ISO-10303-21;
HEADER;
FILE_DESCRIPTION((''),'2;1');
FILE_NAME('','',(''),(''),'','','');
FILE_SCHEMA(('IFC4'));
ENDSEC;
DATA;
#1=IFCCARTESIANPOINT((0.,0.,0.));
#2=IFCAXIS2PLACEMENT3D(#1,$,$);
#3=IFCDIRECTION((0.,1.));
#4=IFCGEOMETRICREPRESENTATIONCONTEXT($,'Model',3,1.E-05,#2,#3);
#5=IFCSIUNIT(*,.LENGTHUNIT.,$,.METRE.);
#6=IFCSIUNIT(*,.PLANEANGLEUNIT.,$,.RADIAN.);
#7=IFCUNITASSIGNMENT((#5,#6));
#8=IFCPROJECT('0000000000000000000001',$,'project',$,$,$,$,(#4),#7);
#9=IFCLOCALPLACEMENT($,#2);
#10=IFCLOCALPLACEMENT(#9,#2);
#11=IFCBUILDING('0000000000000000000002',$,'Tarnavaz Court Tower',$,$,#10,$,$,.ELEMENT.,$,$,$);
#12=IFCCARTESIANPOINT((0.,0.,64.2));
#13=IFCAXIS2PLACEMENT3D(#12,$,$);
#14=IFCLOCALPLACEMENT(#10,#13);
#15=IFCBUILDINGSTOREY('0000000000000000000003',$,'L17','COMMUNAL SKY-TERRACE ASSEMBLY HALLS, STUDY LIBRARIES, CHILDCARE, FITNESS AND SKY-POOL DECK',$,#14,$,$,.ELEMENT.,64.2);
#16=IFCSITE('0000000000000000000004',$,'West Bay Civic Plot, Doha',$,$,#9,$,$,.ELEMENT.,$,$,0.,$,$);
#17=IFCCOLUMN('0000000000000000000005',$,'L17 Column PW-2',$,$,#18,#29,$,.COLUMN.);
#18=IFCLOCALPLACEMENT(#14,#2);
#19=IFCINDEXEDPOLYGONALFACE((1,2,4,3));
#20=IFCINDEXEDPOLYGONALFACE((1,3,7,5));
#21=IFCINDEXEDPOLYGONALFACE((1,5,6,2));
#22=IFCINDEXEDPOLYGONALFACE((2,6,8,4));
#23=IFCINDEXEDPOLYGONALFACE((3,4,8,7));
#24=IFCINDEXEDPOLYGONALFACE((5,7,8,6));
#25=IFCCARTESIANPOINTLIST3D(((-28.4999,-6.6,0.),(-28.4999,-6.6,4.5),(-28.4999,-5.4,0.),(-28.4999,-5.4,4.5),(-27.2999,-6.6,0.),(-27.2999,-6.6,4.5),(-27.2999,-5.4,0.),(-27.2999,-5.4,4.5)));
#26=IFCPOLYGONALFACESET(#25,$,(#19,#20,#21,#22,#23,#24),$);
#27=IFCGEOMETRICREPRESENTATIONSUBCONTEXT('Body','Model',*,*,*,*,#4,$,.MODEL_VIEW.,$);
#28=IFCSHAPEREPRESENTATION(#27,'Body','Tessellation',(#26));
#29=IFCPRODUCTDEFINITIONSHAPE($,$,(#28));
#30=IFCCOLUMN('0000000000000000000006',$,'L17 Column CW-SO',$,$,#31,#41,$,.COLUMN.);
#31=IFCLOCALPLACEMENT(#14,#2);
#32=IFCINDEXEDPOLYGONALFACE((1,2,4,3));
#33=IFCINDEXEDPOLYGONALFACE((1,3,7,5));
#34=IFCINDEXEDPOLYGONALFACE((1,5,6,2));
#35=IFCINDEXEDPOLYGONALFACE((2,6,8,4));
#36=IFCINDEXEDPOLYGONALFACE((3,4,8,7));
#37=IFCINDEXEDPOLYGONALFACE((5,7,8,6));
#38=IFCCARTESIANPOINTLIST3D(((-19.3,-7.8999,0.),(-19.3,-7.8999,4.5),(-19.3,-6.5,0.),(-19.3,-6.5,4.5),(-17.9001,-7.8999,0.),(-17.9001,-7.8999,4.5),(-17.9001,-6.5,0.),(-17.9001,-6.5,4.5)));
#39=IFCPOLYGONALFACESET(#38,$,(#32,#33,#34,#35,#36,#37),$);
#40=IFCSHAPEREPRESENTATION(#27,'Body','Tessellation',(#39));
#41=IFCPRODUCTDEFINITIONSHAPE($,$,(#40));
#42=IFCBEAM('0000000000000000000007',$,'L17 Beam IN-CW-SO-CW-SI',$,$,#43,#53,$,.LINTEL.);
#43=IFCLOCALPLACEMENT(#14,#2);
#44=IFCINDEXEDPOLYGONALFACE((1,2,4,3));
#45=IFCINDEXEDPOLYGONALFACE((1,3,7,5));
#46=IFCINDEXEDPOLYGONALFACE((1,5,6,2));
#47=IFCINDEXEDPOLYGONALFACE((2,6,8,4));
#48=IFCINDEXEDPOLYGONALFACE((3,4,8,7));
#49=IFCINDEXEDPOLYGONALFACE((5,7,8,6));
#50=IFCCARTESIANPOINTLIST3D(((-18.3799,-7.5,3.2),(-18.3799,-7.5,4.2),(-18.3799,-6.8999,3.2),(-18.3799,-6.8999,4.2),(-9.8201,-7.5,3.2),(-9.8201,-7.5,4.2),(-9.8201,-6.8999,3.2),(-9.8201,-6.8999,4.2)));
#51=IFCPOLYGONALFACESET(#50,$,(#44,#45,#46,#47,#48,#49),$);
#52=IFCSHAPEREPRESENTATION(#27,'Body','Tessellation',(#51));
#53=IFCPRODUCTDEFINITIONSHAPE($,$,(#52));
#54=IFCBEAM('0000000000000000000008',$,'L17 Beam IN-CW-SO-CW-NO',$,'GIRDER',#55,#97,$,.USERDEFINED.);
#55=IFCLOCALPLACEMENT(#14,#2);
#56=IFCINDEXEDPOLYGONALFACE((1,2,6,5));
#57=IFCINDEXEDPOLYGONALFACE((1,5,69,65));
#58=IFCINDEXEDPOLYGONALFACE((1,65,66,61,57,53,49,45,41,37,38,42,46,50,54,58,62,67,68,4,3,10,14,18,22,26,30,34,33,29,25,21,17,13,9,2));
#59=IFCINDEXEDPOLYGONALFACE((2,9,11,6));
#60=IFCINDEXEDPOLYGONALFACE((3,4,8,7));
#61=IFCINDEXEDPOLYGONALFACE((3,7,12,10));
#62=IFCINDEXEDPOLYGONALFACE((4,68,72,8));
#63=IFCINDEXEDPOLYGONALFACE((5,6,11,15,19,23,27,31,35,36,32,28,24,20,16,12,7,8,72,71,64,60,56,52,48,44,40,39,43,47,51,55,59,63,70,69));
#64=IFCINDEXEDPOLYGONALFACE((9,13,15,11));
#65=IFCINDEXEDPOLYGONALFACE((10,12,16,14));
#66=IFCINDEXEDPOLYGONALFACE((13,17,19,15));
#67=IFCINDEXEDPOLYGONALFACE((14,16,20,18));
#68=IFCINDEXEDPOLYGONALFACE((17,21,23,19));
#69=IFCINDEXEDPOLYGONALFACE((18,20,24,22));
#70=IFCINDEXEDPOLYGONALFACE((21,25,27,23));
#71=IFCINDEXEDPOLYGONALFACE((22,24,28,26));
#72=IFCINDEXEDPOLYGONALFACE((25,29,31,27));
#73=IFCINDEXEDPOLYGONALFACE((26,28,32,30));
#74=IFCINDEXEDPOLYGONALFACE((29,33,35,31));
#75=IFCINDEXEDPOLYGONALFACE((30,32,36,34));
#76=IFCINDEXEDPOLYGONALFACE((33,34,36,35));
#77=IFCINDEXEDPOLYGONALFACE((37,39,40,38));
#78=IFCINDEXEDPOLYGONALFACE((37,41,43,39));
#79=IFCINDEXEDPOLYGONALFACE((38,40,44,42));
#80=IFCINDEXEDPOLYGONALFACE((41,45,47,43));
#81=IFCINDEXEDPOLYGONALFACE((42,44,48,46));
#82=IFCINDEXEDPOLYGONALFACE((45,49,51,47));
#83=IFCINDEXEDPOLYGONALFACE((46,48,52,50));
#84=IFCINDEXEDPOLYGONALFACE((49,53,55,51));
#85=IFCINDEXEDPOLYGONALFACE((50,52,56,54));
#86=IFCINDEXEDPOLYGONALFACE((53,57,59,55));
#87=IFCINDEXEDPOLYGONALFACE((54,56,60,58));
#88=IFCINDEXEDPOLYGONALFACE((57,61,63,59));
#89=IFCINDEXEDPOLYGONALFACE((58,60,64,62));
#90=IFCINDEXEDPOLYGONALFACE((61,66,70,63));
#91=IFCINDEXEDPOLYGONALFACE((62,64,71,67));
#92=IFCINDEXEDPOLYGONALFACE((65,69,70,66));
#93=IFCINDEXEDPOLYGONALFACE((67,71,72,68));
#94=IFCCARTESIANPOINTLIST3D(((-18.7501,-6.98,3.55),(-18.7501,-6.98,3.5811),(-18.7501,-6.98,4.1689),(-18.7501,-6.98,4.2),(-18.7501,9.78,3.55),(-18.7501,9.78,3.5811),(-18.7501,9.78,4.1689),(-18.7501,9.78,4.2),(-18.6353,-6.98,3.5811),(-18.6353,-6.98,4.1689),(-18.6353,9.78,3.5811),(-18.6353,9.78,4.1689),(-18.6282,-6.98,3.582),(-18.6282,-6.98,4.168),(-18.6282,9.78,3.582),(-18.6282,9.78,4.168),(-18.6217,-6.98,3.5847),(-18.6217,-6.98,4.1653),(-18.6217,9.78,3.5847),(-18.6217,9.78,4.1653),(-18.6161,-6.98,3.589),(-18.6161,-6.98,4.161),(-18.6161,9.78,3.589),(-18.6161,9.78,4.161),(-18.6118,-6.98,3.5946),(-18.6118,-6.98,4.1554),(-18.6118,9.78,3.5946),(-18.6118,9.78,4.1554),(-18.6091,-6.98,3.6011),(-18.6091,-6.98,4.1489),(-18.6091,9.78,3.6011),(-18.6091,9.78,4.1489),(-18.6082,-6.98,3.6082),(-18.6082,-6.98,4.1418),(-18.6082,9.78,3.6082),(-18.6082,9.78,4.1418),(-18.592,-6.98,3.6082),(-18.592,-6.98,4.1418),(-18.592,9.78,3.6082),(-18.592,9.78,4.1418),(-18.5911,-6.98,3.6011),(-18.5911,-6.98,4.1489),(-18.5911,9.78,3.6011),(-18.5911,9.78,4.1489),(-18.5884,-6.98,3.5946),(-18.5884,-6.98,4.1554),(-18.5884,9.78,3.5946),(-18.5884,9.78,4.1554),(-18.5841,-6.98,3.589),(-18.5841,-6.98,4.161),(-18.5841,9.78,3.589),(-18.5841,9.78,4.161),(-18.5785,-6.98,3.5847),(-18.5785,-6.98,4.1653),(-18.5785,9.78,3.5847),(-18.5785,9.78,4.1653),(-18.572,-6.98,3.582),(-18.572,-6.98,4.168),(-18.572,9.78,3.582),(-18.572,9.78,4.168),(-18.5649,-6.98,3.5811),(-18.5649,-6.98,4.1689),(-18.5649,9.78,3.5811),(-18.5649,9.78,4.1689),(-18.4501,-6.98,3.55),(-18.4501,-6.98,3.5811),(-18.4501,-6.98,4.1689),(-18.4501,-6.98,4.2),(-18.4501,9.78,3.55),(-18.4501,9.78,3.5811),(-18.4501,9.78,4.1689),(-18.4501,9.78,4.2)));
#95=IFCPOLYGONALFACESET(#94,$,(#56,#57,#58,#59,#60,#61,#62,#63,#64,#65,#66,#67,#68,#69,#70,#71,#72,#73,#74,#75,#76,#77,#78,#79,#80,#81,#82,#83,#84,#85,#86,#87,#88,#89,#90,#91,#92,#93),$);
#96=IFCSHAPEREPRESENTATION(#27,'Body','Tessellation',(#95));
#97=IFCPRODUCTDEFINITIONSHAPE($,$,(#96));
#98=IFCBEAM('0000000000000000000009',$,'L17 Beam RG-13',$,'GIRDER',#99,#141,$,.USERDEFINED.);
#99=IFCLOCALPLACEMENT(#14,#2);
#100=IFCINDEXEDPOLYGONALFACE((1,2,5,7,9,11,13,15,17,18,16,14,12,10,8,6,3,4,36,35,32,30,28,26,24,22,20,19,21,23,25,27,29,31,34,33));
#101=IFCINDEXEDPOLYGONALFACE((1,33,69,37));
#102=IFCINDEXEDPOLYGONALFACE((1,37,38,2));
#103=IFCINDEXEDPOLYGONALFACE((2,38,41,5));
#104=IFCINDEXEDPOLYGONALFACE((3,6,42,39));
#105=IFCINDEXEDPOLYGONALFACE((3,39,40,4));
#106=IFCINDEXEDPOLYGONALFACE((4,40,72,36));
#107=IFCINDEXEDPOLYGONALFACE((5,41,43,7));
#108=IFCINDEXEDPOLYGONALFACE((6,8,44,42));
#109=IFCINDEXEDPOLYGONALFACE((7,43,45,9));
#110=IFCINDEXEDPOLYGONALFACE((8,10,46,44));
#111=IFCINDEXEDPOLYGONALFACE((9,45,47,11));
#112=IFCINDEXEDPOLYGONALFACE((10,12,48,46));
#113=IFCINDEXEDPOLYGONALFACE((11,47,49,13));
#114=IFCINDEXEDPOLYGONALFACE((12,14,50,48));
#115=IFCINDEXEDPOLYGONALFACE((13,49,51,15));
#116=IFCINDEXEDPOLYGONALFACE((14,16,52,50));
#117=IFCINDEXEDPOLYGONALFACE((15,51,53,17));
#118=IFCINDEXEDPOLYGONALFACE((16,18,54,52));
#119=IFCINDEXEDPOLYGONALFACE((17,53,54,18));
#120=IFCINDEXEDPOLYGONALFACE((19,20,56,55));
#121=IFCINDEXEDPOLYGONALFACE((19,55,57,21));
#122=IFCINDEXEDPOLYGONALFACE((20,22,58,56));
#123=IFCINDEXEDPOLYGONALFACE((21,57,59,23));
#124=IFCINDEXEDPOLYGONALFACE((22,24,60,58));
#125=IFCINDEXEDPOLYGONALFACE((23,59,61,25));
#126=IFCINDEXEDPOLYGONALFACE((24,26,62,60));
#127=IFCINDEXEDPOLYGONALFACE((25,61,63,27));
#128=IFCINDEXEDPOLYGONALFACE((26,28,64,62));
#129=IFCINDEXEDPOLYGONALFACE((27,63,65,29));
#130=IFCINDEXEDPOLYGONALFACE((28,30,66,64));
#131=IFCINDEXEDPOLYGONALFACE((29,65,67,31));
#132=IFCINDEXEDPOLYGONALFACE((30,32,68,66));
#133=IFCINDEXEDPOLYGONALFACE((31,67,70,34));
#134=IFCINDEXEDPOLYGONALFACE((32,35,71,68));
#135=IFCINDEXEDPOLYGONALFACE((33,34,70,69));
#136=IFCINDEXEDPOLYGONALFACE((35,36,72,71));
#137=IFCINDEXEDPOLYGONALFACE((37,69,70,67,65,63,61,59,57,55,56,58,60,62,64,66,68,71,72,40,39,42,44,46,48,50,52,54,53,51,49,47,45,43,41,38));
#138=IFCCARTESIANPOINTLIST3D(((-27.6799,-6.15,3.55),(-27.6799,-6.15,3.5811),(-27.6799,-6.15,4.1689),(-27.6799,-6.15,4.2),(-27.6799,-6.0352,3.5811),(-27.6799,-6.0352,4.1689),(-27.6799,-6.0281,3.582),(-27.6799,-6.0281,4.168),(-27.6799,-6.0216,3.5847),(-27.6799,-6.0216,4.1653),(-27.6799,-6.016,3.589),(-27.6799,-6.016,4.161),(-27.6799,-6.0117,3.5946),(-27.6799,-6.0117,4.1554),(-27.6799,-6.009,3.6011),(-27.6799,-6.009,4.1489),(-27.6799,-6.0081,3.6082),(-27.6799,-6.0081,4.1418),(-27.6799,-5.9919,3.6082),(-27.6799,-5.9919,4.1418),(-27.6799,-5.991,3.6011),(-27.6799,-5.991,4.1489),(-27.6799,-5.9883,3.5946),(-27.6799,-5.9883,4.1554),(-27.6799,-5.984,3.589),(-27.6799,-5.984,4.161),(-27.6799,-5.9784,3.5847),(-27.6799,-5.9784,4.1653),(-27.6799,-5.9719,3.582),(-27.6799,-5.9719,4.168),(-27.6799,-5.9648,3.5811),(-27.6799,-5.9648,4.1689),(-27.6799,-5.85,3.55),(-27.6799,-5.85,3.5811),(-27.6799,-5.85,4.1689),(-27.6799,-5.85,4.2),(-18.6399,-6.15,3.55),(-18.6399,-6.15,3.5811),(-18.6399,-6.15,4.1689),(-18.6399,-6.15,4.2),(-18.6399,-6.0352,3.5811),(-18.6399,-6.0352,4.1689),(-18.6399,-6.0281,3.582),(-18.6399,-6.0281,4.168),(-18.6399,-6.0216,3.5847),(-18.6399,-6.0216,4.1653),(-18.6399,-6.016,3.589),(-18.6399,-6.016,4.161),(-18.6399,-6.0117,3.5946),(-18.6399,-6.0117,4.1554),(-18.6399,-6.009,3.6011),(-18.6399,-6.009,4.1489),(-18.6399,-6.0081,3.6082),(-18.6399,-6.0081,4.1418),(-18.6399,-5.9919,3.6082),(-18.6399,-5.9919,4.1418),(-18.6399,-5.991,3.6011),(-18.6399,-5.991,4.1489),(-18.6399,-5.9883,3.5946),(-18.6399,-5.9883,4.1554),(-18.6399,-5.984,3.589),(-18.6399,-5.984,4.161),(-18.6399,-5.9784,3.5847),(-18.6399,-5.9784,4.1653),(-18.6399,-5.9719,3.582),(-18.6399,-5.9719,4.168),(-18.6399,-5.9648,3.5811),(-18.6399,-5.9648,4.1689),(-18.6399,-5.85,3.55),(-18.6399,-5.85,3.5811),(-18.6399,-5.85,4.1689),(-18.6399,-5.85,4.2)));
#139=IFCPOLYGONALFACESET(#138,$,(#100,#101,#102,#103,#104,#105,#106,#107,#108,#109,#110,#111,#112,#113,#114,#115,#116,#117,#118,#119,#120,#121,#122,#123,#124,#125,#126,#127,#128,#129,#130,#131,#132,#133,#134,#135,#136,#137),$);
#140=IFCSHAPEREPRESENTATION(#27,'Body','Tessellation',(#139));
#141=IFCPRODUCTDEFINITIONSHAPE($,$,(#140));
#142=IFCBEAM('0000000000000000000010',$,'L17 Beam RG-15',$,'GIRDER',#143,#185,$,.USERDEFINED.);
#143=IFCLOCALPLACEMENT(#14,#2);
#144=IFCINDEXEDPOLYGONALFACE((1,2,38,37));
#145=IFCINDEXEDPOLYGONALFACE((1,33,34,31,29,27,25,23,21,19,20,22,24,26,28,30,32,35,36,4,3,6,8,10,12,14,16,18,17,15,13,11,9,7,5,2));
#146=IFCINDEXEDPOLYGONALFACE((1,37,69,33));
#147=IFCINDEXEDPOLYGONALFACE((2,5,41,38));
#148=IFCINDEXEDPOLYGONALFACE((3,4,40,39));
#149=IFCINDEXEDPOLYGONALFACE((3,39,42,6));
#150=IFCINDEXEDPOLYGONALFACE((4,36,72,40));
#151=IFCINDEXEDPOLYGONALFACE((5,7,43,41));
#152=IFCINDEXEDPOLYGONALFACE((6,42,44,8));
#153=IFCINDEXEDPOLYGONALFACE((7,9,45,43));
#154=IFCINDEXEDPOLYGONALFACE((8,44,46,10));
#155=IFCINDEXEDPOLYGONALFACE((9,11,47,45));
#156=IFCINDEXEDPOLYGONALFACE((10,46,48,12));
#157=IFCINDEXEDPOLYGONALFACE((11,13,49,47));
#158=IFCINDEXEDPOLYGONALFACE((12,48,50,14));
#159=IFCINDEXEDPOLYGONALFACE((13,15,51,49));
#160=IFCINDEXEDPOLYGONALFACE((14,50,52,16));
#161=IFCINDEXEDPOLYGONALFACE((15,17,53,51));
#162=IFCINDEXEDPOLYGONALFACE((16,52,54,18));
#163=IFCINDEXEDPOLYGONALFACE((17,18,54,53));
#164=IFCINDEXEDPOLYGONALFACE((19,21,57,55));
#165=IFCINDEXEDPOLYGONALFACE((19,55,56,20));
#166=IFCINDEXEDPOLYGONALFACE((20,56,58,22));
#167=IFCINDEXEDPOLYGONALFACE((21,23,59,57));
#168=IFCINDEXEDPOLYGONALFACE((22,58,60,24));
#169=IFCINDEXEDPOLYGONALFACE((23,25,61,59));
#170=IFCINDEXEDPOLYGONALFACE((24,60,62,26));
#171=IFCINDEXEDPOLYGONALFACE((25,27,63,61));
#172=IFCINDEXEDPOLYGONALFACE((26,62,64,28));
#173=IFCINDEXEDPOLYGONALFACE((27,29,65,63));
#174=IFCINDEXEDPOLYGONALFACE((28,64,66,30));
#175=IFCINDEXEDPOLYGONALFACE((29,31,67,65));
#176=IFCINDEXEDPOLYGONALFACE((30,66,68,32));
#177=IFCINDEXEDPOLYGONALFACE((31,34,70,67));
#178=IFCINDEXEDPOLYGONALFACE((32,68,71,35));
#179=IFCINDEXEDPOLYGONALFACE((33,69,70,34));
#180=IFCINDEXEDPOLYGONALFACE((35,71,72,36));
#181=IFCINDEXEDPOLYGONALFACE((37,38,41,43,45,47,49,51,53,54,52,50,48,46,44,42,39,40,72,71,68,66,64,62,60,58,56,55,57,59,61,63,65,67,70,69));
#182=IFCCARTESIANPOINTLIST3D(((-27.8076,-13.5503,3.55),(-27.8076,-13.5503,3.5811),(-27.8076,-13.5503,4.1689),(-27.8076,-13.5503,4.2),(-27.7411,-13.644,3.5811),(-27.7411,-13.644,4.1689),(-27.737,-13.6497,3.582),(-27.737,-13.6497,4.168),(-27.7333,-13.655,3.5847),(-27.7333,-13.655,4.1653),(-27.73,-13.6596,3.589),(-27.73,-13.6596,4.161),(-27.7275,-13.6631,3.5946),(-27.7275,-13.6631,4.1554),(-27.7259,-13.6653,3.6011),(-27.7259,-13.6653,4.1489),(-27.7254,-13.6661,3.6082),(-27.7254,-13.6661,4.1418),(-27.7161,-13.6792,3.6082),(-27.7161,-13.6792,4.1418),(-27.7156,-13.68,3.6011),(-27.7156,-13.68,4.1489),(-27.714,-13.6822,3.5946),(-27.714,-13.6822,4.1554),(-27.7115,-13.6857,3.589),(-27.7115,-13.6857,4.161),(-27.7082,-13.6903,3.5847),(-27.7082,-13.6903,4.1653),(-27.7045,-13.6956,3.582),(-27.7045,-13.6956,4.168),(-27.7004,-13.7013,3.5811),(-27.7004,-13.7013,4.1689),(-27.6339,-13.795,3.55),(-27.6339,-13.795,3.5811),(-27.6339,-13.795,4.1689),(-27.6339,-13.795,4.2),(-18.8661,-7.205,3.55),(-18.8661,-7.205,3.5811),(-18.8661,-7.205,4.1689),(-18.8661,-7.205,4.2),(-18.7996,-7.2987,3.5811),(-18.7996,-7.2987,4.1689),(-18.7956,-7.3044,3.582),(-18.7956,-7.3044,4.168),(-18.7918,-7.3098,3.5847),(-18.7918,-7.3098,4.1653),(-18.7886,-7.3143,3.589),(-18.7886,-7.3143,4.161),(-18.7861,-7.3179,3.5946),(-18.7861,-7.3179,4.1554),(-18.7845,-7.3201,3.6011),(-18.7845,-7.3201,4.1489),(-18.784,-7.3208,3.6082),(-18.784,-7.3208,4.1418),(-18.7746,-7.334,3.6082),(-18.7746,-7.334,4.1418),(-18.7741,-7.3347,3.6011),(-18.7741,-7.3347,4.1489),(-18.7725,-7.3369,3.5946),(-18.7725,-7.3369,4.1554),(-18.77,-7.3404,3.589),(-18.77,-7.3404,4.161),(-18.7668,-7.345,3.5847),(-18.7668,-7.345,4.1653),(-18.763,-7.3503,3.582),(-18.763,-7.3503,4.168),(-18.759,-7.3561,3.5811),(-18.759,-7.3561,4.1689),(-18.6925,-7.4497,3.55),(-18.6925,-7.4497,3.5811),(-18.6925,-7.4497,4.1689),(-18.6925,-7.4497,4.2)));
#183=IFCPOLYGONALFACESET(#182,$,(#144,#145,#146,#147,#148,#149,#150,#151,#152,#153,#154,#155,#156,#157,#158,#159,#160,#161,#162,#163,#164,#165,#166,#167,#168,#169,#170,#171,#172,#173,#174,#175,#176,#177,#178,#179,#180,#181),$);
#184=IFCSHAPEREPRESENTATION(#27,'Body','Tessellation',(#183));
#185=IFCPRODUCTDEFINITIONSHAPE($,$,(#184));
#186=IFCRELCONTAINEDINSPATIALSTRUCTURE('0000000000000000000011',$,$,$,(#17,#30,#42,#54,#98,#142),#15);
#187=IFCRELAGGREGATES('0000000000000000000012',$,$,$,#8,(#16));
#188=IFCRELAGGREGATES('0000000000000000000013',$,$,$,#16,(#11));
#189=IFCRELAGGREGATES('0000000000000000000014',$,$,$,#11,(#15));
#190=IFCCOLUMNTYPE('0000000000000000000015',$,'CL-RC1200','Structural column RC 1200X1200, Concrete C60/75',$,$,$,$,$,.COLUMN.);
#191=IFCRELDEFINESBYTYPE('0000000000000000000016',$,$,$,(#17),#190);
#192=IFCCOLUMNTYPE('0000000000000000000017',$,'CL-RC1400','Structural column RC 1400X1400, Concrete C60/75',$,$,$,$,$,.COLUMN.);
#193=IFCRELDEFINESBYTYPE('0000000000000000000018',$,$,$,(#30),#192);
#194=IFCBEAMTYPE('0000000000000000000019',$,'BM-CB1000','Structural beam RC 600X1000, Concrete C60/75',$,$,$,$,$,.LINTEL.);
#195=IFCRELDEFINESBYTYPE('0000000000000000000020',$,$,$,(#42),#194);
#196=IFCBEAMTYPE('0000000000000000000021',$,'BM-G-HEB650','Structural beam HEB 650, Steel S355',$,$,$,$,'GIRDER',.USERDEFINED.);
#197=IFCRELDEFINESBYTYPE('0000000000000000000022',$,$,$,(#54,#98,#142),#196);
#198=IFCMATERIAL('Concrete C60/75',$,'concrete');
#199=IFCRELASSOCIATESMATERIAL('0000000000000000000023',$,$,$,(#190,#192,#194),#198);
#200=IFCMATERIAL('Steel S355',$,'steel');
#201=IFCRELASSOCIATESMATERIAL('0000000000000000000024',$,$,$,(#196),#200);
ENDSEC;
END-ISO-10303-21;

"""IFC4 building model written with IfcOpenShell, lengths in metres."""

from ifc_helpers import new_model, si_unit, direction, frame, origin, origin_2d, place, context, subcontext, project, spatial, rectangle, i_section, extrude, material, material_profile, profile_set, type_object, element, save


model = new_model("IFC4")

# Units and contexts
model_context = context("Model", 3, precision=1e-05, world=origin(), true_north=direction((0.0, 1.0)))
body_context = subcontext(model_context, "Body", "Model", "MODEL_VIEW")
ifc_project = project(units=[si_unit("LENGTHUNIT", "METRE"), si_unit("PLANEANGLEUNIT", "RADIAN")], contexts=[model_context])

# Site, building, storey
site_placement = place(None, origin())
site = spatial("IfcSite", under=ifc_project, at=site_placement, Name="West Bay Civic Plot, Doha", CompositionType="ELEMENT", RefElevation=0.0)
building_placement = place(site_placement, origin())
building = spatial("IfcBuilding", under=site, at=building_placement, Name="Tarnavaz Court Tower", CompositionType="ELEMENT")
storey_placement = place(building_placement, frame((0.0, 0.0, 64.2)))
storey = spatial("IfcBuildingStorey", under=building, at=storey_placement, Name="L17", Description="COMMUNAL SKY-TERRACE ASSEMBLY HALLS, STUDY LIBRARIES, CHILDCARE, FITNESS AND SKY-POOL DECK", CompositionType="ELEMENT", Elevation=64.2)

# Columns
ifc_material_1 = material(Name="Concrete C60/75", Category="concrete")
ifc_material_profile_1 = material_profile(ifc_material_1, rectangle(XDim=1.2, YDim=1.2, at=origin_2d()), Name="RC 1200X1200")
ifc_profile_set_1 = profile_set([ifc_material_profile_1], Name="Concrete C60/75")
column_type_1 = type_object("IfcColumnType", Name="CL-RC1200", Description="Structural column RC 1200X1200, Concrete C60/75", PredefinedType="COLUMN", material=ifc_profile_set_1)
column_1_placement = place(storey_placement, frame((-27.8999, -6.0, 0.0), z_axis=(0.0, 0.0, 1.0), x_axis=(1.0, 0.0, 0.0)))
element("IfcColumn", 1, at=column_1_placement, inside=storey, type_object=column_type_1, Name="L17 Column PW-2", PredefinedType="COLUMN", context=body_context, shape_type="SweptSolid", body=[
    extrude(rectangle(XDim=1.2, YDim=1.2, at=origin_2d()), origin(), (0.0, 0.0, 1.0), 4.5),
])
ifc_material_profile_2 = material_profile(ifc_material_1, rectangle(XDim=1.3999, YDim=1.3999, at=origin_2d()), Name="RC 1400X1400")
ifc_profile_set_2 = profile_set([ifc_material_profile_2], Name="Concrete C60/75")
column_type_2 = type_object("IfcColumnType", Name="CL-RC1400", Description="Structural column RC 1400X1400, Concrete C60/75", PredefinedType="COLUMN", material=ifc_profile_set_2)
column_2_placement = place(storey_placement, frame((-18.6001, -7.2, 0.0), z_axis=(0.0, 0.0, 1.0), x_axis=(1.0, 0.0, 0.0)))
element("IfcColumn", 2, at=column_2_placement, inside=storey, type_object=column_type_2, Name="L17 Column CW-SO", PredefinedType="COLUMN", context=body_context, shape_type="SweptSolid", body=[
    extrude(rectangle(XDim=1.3999, YDim=1.3999, at=origin_2d()), origin(), (0.0, 0.0, 1.0), 4.5),
])

# Beams
ifc_material_profile_3 = material_profile(ifc_material_1, rectangle(XDim=0.6001, YDim=1.0, at=origin_2d()), Name="RC 600X1000")
ifc_profile_set_3 = profile_set([ifc_material_profile_3], Name="Concrete C60/75")
beam_type_1 = type_object("IfcBeamType", Name="BM-CB1000", Description="Structural beam RC 600X1000, Concrete C60/75", PredefinedType="LINTEL", material=ifc_profile_set_3)
beam_1_placement = place(storey_placement, frame((-18.3799, -7.2, 3.7), z_axis=(1.0, 0.0, 0.0), x_axis=(0.0, 1.0, 0.0)))
element("IfcBeam", 3, at=beam_1_placement, inside=storey, type_object=beam_type_1, Name="L17 Beam IN-CW-SO-CW-SI", PredefinedType="LINTEL", context=body_context, shape_type="SweptSolid", body=[
    extrude(rectangle(XDim=0.6001, YDim=1.0, at=origin_2d()), origin(), (0.0, 0.0, 1.0), 8.5598),
])
ifc_material_2 = material(Name="Steel S355", Category="steel")
ifc_material_profile_4 = material_profile(ifc_material_2, i_section(OverallWidth=0.3, OverallDepth=0.6499, WebThickness=0.0161, FlangeThickness=0.031, FilletRadius=0.0271, at=origin_2d()), Name="HEB 650")
ifc_profile_set_4 = profile_set([ifc_material_profile_4], Name="Steel S355")
beam_type_2 = type_object("IfcBeamType", Name="BM-G-HEB650", Description="Structural beam HEB 650, Steel S355", ElementType="GIRDER", PredefinedType="USERDEFINED", material=ifc_profile_set_4)
beam_2_placement = place(storey_placement, frame((-18.6001, -6.98, 3.875), z_axis=(0.0, 1.0, 0.0), x_axis=(-1.0, 0.0, 0.0)))
element("IfcBeam", 4, at=beam_2_placement, inside=storey, type_object=beam_type_2, Name="L17 Beam IN-CW-SO-CW-NO", ObjectType="GIRDER", PredefinedType="USERDEFINED", context=body_context, shape_type="SweptSolid", body=[
    extrude(i_section(OverallWidth=0.3, OverallDepth=0.6499, WebThickness=0.0161, FlangeThickness=0.031, FilletRadius=0.0271, at=origin_2d()), origin(), (0.0, 0.0, 1.0), 16.76),
])
beam_3_placement = place(storey_placement, frame((-18.6399, -6.0, 3.875), z_axis=(-1.0, 0.0, 0.0), x_axis=(0.0, -1.0, 0.0)))
element("IfcBeam", 5, at=beam_3_placement, inside=storey, type_object=beam_type_2, Name="L17 Beam RG-13", ObjectType="GIRDER", PredefinedType="USERDEFINED", context=body_context, shape_type="SweptSolid", body=[
    extrude(i_section(OverallWidth=0.3, OverallDepth=0.6499, WebThickness=0.0161, FlangeThickness=0.031, FilletRadius=0.0271, at=origin_2d()), origin(), (0.0, 0.0, 1.0), 9.04),
])
beam_4_placement = place(storey_placement, frame((-18.7793, -7.3274, 3.875), z_axis=(-0.81552, -0.578729, 0.0), x_axis=(0.578729, -0.81552, 0.0)))
element("IfcBeam", 6, at=beam_4_placement, inside=storey, type_object=beam_type_2, Name="L17 Beam RG-15", ObjectType="GIRDER", PredefinedType="USERDEFINED", context=body_context, shape_type="SweptSolid", body=[
    extrude(i_section(OverallWidth=0.3, OverallDepth=0.6499, WebThickness=0.0161, FlangeThickness=0.031, FilletRadius=0.0271, at=origin_2d()), origin(), (0.0, 0.0, 1.0), 10.9641),
])

save(model, "model.ifc")
